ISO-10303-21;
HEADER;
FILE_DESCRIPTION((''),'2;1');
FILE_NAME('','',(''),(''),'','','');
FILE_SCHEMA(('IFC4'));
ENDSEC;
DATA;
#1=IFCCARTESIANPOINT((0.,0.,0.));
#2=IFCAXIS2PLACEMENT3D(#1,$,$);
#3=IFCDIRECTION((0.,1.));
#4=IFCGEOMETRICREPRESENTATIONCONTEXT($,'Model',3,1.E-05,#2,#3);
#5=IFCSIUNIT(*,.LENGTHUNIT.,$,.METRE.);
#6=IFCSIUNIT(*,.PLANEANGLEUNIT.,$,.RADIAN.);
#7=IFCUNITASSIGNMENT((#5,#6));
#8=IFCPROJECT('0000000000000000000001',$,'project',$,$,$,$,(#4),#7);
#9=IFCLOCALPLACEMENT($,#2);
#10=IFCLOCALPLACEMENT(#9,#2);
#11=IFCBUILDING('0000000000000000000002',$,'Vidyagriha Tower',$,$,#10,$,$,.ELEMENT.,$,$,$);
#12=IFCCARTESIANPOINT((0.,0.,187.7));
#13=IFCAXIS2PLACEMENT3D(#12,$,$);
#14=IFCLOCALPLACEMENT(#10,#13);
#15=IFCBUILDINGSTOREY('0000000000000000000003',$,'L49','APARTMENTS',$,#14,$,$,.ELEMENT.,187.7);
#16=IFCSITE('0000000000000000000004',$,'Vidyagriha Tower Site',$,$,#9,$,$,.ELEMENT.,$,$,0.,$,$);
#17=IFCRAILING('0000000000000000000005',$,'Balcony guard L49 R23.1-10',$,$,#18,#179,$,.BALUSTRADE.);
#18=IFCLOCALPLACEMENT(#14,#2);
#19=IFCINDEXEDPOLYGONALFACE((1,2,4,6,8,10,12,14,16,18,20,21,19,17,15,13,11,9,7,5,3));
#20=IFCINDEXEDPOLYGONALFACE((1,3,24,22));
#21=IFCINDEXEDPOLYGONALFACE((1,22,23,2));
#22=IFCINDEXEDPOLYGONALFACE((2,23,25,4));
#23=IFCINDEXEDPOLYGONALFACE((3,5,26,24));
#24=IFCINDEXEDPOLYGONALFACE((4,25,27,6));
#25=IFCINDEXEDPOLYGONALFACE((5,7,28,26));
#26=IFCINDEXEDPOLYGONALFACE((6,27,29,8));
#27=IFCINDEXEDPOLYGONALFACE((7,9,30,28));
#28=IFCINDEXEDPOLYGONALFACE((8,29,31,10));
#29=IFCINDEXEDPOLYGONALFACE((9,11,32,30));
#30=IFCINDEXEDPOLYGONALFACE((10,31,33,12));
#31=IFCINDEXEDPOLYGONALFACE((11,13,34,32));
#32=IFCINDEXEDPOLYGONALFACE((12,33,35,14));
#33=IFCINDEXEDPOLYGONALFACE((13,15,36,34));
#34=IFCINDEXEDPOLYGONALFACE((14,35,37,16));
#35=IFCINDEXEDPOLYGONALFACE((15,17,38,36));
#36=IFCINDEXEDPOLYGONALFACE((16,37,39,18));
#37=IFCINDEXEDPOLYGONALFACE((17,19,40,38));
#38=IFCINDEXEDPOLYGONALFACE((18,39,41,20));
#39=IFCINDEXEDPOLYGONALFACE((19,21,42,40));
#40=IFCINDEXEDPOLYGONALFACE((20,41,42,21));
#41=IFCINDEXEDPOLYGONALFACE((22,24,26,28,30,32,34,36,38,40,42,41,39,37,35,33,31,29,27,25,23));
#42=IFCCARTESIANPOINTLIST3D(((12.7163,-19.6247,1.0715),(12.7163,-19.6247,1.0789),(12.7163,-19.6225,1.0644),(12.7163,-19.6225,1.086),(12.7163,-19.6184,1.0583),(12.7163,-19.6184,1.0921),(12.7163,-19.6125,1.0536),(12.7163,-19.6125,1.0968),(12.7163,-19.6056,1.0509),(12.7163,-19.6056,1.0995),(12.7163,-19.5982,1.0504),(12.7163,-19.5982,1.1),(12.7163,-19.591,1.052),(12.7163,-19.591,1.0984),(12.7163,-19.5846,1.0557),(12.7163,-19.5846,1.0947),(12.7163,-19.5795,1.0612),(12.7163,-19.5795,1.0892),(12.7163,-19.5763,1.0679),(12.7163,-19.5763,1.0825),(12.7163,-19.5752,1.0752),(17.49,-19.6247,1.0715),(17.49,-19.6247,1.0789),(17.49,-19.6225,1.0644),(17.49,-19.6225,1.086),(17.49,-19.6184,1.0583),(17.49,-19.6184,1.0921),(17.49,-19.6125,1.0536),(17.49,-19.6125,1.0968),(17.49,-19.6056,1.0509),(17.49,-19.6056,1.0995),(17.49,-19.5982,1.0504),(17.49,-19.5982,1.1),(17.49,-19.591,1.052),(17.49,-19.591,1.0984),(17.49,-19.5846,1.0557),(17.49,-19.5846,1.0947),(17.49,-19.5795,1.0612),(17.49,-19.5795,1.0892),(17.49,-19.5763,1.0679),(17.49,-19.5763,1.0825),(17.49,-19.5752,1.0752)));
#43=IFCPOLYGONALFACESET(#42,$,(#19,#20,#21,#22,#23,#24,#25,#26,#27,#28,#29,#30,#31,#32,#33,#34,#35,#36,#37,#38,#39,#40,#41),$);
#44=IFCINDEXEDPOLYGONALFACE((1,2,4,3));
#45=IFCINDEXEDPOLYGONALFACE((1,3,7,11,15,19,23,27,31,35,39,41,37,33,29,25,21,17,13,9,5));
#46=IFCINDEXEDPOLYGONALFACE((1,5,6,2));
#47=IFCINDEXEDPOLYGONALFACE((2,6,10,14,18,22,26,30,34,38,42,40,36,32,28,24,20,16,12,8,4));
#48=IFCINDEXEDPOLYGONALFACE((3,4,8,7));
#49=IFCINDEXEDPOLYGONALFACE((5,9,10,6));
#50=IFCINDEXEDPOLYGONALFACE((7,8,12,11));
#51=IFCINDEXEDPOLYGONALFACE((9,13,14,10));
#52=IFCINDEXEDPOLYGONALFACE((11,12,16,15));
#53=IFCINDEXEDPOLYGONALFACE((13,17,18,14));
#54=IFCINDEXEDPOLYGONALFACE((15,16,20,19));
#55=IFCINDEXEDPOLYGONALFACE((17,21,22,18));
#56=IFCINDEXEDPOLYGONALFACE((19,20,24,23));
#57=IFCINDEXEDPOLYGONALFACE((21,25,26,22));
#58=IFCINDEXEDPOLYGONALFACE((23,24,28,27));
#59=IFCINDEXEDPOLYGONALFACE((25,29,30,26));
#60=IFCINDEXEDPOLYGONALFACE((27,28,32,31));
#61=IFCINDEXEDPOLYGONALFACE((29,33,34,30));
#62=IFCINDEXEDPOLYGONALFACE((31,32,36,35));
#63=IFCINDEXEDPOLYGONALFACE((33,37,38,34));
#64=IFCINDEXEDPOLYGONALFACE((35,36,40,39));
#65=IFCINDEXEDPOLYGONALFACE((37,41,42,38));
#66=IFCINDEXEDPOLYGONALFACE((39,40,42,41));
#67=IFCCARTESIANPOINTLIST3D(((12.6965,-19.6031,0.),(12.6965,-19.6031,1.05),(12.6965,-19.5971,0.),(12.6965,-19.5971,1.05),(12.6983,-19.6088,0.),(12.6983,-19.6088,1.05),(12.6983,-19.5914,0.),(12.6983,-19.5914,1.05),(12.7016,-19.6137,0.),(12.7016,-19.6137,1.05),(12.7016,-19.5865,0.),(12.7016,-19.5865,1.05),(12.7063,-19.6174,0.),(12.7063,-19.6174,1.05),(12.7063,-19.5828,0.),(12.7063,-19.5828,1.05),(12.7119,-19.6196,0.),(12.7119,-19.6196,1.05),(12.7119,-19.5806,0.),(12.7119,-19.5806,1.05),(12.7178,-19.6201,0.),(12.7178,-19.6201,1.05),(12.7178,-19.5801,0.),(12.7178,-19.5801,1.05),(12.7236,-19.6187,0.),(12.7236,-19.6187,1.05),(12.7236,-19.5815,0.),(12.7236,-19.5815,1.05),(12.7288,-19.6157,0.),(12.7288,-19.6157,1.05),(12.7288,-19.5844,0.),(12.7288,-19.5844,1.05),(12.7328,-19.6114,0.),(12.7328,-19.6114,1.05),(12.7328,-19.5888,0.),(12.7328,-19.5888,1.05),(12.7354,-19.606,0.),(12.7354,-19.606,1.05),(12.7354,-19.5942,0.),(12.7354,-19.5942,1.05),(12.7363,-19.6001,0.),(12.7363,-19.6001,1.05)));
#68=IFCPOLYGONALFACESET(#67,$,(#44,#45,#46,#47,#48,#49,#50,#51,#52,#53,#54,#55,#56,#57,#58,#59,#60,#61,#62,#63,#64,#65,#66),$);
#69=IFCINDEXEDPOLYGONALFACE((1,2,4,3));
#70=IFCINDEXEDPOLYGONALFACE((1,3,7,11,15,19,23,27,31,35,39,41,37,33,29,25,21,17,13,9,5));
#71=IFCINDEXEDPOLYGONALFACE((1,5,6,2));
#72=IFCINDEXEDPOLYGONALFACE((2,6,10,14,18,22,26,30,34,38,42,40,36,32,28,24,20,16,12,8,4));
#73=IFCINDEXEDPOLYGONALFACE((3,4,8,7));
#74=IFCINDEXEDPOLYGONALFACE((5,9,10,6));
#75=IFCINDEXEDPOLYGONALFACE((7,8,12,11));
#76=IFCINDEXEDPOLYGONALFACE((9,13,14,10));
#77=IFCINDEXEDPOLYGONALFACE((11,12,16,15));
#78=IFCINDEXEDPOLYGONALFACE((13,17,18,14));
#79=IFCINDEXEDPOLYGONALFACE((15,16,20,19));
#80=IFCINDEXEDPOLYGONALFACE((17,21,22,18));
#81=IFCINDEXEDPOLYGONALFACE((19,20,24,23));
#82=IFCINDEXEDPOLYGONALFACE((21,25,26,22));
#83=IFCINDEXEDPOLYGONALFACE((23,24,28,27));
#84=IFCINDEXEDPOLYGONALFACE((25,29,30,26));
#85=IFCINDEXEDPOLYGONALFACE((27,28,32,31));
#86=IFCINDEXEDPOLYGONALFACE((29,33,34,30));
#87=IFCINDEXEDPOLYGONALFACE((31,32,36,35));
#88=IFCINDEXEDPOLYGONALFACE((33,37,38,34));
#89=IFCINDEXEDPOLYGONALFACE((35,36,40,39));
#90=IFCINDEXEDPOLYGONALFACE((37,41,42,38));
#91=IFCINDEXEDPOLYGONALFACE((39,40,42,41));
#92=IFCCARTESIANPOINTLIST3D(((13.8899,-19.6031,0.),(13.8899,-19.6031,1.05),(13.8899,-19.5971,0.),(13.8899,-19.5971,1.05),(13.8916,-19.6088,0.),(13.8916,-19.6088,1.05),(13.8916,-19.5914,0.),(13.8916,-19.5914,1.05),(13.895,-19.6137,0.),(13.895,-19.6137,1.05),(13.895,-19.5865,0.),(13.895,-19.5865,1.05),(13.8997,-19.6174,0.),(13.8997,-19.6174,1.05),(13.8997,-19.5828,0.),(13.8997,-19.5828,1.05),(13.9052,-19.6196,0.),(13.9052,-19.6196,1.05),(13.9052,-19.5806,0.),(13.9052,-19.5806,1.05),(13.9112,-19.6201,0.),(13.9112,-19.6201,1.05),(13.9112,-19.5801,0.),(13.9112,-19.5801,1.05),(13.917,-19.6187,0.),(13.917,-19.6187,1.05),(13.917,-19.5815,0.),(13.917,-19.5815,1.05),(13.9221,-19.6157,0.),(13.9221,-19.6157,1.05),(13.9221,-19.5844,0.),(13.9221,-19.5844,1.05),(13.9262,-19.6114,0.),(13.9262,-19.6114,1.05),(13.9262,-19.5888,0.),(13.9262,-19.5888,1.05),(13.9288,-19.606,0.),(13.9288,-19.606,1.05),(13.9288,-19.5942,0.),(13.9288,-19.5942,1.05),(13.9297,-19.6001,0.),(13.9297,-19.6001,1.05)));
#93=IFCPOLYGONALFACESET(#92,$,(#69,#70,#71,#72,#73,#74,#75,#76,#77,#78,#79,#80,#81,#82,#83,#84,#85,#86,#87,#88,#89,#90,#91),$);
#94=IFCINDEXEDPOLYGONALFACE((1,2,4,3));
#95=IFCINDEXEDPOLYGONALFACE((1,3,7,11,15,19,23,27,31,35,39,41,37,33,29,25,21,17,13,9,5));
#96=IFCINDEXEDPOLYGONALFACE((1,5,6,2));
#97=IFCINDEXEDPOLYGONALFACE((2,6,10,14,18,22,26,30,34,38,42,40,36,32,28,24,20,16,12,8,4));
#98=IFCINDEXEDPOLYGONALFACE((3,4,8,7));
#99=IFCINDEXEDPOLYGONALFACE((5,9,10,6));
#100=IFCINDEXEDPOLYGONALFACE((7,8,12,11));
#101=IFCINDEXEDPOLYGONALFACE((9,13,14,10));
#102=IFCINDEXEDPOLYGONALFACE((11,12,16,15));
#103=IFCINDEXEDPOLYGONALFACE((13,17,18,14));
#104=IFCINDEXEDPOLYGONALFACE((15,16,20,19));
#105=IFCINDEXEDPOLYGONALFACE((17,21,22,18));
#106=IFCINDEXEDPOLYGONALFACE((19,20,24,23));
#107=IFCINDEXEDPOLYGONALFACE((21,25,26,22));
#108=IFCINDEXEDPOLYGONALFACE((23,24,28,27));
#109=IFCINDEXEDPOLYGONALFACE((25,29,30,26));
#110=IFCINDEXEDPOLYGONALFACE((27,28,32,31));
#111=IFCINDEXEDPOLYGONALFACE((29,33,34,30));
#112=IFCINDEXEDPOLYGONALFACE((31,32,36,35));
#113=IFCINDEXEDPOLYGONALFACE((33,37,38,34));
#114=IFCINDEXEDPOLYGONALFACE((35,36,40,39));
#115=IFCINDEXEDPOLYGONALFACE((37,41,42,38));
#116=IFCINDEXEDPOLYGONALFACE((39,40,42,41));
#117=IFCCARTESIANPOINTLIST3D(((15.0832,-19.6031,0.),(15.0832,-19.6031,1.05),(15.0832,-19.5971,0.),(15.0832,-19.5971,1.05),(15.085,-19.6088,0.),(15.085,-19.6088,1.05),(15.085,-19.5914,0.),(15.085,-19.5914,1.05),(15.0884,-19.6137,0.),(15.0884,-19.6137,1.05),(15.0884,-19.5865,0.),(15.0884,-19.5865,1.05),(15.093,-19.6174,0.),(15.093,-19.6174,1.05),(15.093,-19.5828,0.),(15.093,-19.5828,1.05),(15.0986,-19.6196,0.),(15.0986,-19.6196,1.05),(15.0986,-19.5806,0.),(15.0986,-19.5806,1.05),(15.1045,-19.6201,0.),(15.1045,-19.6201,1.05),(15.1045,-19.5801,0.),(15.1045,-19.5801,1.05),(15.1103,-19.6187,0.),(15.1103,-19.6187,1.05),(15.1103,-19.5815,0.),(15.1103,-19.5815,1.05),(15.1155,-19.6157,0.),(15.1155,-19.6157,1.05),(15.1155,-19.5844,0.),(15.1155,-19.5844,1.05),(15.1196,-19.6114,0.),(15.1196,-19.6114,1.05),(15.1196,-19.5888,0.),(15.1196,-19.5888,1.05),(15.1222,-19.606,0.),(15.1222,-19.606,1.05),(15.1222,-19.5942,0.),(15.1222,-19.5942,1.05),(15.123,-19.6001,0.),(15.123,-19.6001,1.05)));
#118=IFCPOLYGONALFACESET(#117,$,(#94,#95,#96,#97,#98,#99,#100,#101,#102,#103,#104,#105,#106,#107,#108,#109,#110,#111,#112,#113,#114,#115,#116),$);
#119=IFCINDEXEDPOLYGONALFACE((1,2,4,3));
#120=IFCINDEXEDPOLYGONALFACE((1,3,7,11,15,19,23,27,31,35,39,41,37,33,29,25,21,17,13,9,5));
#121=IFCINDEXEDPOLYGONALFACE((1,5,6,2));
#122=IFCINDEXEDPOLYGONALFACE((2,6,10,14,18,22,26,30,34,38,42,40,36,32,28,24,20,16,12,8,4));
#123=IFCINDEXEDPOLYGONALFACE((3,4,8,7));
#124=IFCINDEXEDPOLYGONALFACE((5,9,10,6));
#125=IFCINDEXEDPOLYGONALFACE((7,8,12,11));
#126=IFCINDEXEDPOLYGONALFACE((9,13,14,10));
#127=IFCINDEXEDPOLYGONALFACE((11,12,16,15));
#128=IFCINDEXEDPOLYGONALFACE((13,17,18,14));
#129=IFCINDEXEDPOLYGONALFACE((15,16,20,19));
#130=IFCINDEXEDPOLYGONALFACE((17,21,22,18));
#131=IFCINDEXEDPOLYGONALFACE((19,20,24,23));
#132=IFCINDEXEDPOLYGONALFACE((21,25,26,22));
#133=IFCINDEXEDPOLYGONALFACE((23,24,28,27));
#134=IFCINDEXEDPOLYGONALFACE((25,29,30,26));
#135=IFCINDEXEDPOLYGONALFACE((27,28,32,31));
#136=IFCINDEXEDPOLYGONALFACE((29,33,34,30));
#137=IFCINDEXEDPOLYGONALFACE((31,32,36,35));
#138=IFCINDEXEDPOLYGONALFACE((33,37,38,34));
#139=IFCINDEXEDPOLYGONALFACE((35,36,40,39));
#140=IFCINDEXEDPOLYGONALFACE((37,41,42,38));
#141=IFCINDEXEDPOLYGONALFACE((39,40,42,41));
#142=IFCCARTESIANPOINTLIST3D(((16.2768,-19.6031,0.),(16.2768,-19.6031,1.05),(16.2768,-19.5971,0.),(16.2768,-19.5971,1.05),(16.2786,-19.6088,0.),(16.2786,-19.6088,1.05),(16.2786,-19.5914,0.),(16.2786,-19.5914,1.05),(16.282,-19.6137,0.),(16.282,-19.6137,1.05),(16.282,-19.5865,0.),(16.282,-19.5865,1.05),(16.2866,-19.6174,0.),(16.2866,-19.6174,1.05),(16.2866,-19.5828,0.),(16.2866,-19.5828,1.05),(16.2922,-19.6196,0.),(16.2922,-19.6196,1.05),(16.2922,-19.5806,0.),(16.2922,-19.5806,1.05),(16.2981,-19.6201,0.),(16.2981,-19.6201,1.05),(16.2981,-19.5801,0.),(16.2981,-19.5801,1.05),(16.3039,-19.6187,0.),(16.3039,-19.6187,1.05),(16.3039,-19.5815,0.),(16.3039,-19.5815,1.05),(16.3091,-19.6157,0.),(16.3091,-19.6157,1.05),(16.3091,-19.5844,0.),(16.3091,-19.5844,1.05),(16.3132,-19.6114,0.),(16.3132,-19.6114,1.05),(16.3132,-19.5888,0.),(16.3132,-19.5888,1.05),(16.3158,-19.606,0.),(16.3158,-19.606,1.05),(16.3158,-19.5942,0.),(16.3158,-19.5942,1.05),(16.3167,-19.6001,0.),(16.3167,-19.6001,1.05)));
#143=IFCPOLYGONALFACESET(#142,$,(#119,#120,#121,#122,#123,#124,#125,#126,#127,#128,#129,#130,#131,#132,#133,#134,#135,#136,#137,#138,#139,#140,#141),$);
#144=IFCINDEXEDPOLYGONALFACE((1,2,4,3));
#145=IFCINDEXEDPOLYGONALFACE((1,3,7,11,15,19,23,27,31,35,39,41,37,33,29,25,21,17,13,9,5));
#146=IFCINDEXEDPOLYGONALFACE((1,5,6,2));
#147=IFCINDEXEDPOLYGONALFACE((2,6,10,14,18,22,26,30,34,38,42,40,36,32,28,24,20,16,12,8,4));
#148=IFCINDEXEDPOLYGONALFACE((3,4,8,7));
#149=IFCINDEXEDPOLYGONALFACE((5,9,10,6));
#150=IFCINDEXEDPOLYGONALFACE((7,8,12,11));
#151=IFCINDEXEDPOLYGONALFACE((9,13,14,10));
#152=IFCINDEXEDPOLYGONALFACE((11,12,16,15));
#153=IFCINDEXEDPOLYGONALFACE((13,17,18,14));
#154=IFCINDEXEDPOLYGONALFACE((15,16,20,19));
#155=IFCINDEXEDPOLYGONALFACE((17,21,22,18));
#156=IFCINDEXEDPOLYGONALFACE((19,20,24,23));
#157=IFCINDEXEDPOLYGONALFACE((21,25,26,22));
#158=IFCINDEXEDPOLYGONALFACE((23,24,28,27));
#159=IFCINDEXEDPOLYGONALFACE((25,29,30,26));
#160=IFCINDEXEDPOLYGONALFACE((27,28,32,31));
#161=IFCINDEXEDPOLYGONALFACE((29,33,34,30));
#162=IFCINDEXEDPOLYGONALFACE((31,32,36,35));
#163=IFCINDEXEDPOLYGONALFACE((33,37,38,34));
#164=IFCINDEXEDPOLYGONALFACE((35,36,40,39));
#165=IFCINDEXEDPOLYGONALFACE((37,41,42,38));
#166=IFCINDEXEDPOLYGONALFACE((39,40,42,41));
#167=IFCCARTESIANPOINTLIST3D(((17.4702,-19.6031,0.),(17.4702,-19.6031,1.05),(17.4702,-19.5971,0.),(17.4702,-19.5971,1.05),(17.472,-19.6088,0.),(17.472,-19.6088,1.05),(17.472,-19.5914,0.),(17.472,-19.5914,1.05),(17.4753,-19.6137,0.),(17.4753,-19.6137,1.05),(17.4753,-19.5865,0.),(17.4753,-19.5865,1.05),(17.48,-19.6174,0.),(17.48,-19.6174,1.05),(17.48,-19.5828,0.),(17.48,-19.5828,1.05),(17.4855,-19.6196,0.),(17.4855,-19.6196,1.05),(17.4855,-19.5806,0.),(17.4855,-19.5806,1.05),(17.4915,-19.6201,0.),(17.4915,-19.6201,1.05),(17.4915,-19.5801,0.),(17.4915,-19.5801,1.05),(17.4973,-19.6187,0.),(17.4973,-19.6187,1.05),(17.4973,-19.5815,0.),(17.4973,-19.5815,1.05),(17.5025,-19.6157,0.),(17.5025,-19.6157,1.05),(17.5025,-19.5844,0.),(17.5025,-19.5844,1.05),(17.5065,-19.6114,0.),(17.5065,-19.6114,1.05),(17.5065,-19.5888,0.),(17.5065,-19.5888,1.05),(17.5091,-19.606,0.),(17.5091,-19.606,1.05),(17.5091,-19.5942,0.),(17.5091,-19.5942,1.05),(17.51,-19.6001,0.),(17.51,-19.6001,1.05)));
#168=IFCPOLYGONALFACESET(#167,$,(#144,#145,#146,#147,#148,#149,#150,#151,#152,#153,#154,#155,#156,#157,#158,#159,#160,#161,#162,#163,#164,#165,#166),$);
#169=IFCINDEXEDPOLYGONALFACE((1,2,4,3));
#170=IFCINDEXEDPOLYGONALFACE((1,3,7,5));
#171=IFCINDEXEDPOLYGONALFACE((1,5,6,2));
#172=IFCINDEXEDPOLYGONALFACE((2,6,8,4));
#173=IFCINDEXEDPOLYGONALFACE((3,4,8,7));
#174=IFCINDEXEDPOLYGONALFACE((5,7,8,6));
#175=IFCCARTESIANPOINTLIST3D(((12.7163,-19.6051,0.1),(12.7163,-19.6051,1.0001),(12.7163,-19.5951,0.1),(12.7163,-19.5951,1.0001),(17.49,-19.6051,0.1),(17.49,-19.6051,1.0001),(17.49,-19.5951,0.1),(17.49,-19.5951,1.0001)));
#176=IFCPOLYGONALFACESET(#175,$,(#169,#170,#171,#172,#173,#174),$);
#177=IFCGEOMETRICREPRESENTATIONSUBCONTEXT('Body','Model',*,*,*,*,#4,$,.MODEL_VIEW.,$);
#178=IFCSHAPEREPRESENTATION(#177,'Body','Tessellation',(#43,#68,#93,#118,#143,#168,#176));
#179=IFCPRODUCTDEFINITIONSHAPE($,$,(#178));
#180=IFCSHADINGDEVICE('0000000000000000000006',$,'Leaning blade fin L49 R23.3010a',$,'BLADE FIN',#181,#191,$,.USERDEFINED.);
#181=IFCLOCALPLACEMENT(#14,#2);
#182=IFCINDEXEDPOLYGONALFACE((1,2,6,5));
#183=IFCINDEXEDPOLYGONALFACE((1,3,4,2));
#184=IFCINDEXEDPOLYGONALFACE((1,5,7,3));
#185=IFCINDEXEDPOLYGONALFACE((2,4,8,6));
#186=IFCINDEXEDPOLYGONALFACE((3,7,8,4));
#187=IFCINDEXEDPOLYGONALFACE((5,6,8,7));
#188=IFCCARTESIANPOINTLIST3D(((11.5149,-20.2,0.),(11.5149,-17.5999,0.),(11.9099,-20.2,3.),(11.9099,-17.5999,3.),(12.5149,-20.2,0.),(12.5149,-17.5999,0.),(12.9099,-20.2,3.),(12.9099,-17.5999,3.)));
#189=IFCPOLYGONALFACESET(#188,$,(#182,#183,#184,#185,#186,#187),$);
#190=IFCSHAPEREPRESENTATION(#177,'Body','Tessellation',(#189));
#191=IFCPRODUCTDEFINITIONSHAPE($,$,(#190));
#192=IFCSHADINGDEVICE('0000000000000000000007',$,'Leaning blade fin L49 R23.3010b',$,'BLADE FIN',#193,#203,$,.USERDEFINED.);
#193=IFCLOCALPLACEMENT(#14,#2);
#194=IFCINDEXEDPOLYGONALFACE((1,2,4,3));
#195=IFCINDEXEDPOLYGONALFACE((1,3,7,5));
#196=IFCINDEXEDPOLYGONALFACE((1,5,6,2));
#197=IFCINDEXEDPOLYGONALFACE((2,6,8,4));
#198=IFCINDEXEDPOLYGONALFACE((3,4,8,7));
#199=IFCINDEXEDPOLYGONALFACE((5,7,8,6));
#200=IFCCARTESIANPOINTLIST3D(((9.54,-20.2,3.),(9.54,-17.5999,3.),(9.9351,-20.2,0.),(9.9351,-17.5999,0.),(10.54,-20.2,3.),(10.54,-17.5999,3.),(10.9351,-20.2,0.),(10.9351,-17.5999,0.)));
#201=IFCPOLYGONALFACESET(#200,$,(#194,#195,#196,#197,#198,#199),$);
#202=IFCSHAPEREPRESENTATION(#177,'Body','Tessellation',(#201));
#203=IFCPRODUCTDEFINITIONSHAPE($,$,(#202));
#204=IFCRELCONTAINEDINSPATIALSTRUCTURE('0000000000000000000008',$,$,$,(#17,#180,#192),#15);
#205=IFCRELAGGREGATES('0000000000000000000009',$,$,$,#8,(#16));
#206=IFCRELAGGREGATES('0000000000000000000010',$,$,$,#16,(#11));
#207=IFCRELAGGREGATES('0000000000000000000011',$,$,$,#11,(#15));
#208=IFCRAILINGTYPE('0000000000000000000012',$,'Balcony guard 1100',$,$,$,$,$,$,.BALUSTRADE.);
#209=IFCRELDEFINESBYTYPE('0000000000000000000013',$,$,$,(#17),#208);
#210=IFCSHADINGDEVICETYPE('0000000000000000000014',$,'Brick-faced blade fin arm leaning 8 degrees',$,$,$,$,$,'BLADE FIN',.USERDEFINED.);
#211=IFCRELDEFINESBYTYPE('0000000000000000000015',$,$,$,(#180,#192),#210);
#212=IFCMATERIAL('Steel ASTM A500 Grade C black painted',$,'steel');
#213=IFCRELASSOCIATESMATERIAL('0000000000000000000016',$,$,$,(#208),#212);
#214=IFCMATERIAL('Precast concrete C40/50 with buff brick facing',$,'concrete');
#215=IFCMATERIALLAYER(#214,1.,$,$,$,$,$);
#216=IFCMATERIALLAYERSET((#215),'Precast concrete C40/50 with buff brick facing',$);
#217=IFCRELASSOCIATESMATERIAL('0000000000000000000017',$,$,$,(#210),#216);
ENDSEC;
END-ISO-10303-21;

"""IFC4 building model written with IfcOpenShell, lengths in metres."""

from ifc_helpers import new_model, si_unit, direction, frame, origin, origin_2d, place, context, subcontext, project, spatial, polyline, rectangle, circle, outline, extrude, material, layer, layer_set, type_object, element, save


model = new_model("IFC4")

# Units and contexts
model_context = context("Model", 3, precision=1e-05, world=origin(), true_north=direction((0.0, 1.0)))
body_context = subcontext(model_context, "Body", "Model", "MODEL_VIEW")
ifc_project = project(units=[si_unit("LENGTHUNIT", "METRE"), si_unit("PLANEANGLEUNIT", "RADIAN")], contexts=[model_context])

# Site, building, storey
site_placement = place(None, origin())
site = spatial("IfcSite", under=ifc_project, at=site_placement, Name="Vidyagriha Tower Site", CompositionType="ELEMENT", RefElevation=0.0)
building_placement = place(site_placement, origin())
building = spatial("IfcBuilding", under=site, at=building_placement, Name="Vidyagriha Tower", CompositionType="ELEMENT")
storey_placement = place(building_placement, frame((0.0, 0.0, 187.7)))
storey = spatial("IfcBuildingStorey", under=building, at=storey_placement, Name="L49", Description="APARTMENTS", CompositionType="ELEMENT", Elevation=187.7)

# Railing
ifc_material_1 = material(Name="Steel ASTM A500 Grade C black painted", Category="steel")
railing_type = type_object("IfcRailingType", Name="Balcony guard 1100", PredefinedType="BALUSTRADE", material=ifc_material_1)
railing_1_placement = place(storey_placement, frame((12.7163, -19.6001, 0.0)))
element("IfcRailing", 1, at=railing_1_placement, inside=storey, type_object=railing_type, Name="Balcony guard L49 R23.1-10", PredefinedType="BALUSTRADE", context=body_context, shape_type="SweptSolid", body=[
    extrude(circle(Radius=0.0249, at=origin_2d()), frame((0.0, 0.0, 1.0752), z_axis=(1.0, 0.0, 0.0), x_axis=(0.0, 1.0, 0.0)), (0.0, 0.0, 1.0), 4.7737),
    extrude(circle(Radius=0.02, at=origin_2d()), origin(), (0.0, 0.0, 1.0), 1.05),
    extrude(circle(Radius=0.02, at=origin_2d()), frame((1.1934, 0.0, 0.0)), (0.0, 0.0, 1.0), 1.05),
    extrude(circle(Radius=0.02, at=origin_2d()), frame((2.3867, 0.0, 0.0)), (0.0, 0.0, 1.0), 1.05),
    extrude(circle(Radius=0.02, at=origin_2d()), frame((3.5803, 0.0, 0.0)), (0.0, 0.0, 1.0), 1.05),
    extrude(circle(Radius=0.02, at=origin_2d()), frame((4.7737, 0.0, 0.0)), (0.0, 0.0, 1.0), 1.05),
    extrude(rectangle(XDim=0.01, YDim=0.9001, at=origin_2d()), frame((0.0, 0.0, 0.55), z_axis=(1.0, 0.0, 0.0), x_axis=(0.0, 1.0, 0.0)), (0.0, 0.0, 1.0), 4.7737),
])

# Shading devices
ifc_material_2 = material(Name="Precast concrete C40/50 with buff brick facing", Category="concrete")
ifc_layer_1 = layer(ifc_material_2, 1.0)
ifc_layer_set_1 = layer_set([ifc_layer_1], Name="Precast concrete C40/50 with buff brick facing")
shading_device_type = type_object("IfcShadingDeviceType", Name="Brick-faced blade fin arm leaning 8 degrees", ElementType="BLADE FIN", PredefinedType="USERDEFINED", material=ifc_layer_set_1)
shading_device_1_placement = place(storey_placement, frame((11.5149, -18.8999, 0.0)))
element("IfcShadingDevice", 2, at=shading_device_1_placement, inside=storey, type_object=shading_device_type, Name="Leaning blade fin L49 R23.3010a", ObjectType="BLADE FIN", PredefinedType="USERDEFINED", context=body_context, shape_type="SweptSolid", body=[
    extrude(outline(polyline([(0.0, 0.0), (1.0, 0.0), (1.395, 3.0), (0.395, 3.0), (0.0, 0.0)])), frame((0.0, 1.3, 0.0), z_axis=(0.0, -1.0, 0.0), x_axis=(1.0, 0.0, 0.0)), (0.0, 0.0, 1.0), 2.6001),
])
shading_device_2_placement = place(storey_placement, frame((9.54, -18.8999, 0.0)))
element("IfcShadingDevice", 3, at=shading_device_2_placement, inside=storey, type_object=shading_device_type, Name="Leaning blade fin L49 R23.3010b", ObjectType="BLADE FIN", PredefinedType="USERDEFINED", context=body_context, shape_type="SweptSolid", body=[
    extrude(outline(polyline([(0.395, 0.0), (1.395, 0.0), (1.0, 3.0), (0.0, 3.0), (0.395, 0.0)])), frame((0.0, 1.3, 0.0), z_axis=(0.0, -1.0, 0.0), x_axis=(1.0, 0.0, 0.0)), (0.0, 0.0, 1.0), 2.6001),
])

save(model, "model.ifc")
